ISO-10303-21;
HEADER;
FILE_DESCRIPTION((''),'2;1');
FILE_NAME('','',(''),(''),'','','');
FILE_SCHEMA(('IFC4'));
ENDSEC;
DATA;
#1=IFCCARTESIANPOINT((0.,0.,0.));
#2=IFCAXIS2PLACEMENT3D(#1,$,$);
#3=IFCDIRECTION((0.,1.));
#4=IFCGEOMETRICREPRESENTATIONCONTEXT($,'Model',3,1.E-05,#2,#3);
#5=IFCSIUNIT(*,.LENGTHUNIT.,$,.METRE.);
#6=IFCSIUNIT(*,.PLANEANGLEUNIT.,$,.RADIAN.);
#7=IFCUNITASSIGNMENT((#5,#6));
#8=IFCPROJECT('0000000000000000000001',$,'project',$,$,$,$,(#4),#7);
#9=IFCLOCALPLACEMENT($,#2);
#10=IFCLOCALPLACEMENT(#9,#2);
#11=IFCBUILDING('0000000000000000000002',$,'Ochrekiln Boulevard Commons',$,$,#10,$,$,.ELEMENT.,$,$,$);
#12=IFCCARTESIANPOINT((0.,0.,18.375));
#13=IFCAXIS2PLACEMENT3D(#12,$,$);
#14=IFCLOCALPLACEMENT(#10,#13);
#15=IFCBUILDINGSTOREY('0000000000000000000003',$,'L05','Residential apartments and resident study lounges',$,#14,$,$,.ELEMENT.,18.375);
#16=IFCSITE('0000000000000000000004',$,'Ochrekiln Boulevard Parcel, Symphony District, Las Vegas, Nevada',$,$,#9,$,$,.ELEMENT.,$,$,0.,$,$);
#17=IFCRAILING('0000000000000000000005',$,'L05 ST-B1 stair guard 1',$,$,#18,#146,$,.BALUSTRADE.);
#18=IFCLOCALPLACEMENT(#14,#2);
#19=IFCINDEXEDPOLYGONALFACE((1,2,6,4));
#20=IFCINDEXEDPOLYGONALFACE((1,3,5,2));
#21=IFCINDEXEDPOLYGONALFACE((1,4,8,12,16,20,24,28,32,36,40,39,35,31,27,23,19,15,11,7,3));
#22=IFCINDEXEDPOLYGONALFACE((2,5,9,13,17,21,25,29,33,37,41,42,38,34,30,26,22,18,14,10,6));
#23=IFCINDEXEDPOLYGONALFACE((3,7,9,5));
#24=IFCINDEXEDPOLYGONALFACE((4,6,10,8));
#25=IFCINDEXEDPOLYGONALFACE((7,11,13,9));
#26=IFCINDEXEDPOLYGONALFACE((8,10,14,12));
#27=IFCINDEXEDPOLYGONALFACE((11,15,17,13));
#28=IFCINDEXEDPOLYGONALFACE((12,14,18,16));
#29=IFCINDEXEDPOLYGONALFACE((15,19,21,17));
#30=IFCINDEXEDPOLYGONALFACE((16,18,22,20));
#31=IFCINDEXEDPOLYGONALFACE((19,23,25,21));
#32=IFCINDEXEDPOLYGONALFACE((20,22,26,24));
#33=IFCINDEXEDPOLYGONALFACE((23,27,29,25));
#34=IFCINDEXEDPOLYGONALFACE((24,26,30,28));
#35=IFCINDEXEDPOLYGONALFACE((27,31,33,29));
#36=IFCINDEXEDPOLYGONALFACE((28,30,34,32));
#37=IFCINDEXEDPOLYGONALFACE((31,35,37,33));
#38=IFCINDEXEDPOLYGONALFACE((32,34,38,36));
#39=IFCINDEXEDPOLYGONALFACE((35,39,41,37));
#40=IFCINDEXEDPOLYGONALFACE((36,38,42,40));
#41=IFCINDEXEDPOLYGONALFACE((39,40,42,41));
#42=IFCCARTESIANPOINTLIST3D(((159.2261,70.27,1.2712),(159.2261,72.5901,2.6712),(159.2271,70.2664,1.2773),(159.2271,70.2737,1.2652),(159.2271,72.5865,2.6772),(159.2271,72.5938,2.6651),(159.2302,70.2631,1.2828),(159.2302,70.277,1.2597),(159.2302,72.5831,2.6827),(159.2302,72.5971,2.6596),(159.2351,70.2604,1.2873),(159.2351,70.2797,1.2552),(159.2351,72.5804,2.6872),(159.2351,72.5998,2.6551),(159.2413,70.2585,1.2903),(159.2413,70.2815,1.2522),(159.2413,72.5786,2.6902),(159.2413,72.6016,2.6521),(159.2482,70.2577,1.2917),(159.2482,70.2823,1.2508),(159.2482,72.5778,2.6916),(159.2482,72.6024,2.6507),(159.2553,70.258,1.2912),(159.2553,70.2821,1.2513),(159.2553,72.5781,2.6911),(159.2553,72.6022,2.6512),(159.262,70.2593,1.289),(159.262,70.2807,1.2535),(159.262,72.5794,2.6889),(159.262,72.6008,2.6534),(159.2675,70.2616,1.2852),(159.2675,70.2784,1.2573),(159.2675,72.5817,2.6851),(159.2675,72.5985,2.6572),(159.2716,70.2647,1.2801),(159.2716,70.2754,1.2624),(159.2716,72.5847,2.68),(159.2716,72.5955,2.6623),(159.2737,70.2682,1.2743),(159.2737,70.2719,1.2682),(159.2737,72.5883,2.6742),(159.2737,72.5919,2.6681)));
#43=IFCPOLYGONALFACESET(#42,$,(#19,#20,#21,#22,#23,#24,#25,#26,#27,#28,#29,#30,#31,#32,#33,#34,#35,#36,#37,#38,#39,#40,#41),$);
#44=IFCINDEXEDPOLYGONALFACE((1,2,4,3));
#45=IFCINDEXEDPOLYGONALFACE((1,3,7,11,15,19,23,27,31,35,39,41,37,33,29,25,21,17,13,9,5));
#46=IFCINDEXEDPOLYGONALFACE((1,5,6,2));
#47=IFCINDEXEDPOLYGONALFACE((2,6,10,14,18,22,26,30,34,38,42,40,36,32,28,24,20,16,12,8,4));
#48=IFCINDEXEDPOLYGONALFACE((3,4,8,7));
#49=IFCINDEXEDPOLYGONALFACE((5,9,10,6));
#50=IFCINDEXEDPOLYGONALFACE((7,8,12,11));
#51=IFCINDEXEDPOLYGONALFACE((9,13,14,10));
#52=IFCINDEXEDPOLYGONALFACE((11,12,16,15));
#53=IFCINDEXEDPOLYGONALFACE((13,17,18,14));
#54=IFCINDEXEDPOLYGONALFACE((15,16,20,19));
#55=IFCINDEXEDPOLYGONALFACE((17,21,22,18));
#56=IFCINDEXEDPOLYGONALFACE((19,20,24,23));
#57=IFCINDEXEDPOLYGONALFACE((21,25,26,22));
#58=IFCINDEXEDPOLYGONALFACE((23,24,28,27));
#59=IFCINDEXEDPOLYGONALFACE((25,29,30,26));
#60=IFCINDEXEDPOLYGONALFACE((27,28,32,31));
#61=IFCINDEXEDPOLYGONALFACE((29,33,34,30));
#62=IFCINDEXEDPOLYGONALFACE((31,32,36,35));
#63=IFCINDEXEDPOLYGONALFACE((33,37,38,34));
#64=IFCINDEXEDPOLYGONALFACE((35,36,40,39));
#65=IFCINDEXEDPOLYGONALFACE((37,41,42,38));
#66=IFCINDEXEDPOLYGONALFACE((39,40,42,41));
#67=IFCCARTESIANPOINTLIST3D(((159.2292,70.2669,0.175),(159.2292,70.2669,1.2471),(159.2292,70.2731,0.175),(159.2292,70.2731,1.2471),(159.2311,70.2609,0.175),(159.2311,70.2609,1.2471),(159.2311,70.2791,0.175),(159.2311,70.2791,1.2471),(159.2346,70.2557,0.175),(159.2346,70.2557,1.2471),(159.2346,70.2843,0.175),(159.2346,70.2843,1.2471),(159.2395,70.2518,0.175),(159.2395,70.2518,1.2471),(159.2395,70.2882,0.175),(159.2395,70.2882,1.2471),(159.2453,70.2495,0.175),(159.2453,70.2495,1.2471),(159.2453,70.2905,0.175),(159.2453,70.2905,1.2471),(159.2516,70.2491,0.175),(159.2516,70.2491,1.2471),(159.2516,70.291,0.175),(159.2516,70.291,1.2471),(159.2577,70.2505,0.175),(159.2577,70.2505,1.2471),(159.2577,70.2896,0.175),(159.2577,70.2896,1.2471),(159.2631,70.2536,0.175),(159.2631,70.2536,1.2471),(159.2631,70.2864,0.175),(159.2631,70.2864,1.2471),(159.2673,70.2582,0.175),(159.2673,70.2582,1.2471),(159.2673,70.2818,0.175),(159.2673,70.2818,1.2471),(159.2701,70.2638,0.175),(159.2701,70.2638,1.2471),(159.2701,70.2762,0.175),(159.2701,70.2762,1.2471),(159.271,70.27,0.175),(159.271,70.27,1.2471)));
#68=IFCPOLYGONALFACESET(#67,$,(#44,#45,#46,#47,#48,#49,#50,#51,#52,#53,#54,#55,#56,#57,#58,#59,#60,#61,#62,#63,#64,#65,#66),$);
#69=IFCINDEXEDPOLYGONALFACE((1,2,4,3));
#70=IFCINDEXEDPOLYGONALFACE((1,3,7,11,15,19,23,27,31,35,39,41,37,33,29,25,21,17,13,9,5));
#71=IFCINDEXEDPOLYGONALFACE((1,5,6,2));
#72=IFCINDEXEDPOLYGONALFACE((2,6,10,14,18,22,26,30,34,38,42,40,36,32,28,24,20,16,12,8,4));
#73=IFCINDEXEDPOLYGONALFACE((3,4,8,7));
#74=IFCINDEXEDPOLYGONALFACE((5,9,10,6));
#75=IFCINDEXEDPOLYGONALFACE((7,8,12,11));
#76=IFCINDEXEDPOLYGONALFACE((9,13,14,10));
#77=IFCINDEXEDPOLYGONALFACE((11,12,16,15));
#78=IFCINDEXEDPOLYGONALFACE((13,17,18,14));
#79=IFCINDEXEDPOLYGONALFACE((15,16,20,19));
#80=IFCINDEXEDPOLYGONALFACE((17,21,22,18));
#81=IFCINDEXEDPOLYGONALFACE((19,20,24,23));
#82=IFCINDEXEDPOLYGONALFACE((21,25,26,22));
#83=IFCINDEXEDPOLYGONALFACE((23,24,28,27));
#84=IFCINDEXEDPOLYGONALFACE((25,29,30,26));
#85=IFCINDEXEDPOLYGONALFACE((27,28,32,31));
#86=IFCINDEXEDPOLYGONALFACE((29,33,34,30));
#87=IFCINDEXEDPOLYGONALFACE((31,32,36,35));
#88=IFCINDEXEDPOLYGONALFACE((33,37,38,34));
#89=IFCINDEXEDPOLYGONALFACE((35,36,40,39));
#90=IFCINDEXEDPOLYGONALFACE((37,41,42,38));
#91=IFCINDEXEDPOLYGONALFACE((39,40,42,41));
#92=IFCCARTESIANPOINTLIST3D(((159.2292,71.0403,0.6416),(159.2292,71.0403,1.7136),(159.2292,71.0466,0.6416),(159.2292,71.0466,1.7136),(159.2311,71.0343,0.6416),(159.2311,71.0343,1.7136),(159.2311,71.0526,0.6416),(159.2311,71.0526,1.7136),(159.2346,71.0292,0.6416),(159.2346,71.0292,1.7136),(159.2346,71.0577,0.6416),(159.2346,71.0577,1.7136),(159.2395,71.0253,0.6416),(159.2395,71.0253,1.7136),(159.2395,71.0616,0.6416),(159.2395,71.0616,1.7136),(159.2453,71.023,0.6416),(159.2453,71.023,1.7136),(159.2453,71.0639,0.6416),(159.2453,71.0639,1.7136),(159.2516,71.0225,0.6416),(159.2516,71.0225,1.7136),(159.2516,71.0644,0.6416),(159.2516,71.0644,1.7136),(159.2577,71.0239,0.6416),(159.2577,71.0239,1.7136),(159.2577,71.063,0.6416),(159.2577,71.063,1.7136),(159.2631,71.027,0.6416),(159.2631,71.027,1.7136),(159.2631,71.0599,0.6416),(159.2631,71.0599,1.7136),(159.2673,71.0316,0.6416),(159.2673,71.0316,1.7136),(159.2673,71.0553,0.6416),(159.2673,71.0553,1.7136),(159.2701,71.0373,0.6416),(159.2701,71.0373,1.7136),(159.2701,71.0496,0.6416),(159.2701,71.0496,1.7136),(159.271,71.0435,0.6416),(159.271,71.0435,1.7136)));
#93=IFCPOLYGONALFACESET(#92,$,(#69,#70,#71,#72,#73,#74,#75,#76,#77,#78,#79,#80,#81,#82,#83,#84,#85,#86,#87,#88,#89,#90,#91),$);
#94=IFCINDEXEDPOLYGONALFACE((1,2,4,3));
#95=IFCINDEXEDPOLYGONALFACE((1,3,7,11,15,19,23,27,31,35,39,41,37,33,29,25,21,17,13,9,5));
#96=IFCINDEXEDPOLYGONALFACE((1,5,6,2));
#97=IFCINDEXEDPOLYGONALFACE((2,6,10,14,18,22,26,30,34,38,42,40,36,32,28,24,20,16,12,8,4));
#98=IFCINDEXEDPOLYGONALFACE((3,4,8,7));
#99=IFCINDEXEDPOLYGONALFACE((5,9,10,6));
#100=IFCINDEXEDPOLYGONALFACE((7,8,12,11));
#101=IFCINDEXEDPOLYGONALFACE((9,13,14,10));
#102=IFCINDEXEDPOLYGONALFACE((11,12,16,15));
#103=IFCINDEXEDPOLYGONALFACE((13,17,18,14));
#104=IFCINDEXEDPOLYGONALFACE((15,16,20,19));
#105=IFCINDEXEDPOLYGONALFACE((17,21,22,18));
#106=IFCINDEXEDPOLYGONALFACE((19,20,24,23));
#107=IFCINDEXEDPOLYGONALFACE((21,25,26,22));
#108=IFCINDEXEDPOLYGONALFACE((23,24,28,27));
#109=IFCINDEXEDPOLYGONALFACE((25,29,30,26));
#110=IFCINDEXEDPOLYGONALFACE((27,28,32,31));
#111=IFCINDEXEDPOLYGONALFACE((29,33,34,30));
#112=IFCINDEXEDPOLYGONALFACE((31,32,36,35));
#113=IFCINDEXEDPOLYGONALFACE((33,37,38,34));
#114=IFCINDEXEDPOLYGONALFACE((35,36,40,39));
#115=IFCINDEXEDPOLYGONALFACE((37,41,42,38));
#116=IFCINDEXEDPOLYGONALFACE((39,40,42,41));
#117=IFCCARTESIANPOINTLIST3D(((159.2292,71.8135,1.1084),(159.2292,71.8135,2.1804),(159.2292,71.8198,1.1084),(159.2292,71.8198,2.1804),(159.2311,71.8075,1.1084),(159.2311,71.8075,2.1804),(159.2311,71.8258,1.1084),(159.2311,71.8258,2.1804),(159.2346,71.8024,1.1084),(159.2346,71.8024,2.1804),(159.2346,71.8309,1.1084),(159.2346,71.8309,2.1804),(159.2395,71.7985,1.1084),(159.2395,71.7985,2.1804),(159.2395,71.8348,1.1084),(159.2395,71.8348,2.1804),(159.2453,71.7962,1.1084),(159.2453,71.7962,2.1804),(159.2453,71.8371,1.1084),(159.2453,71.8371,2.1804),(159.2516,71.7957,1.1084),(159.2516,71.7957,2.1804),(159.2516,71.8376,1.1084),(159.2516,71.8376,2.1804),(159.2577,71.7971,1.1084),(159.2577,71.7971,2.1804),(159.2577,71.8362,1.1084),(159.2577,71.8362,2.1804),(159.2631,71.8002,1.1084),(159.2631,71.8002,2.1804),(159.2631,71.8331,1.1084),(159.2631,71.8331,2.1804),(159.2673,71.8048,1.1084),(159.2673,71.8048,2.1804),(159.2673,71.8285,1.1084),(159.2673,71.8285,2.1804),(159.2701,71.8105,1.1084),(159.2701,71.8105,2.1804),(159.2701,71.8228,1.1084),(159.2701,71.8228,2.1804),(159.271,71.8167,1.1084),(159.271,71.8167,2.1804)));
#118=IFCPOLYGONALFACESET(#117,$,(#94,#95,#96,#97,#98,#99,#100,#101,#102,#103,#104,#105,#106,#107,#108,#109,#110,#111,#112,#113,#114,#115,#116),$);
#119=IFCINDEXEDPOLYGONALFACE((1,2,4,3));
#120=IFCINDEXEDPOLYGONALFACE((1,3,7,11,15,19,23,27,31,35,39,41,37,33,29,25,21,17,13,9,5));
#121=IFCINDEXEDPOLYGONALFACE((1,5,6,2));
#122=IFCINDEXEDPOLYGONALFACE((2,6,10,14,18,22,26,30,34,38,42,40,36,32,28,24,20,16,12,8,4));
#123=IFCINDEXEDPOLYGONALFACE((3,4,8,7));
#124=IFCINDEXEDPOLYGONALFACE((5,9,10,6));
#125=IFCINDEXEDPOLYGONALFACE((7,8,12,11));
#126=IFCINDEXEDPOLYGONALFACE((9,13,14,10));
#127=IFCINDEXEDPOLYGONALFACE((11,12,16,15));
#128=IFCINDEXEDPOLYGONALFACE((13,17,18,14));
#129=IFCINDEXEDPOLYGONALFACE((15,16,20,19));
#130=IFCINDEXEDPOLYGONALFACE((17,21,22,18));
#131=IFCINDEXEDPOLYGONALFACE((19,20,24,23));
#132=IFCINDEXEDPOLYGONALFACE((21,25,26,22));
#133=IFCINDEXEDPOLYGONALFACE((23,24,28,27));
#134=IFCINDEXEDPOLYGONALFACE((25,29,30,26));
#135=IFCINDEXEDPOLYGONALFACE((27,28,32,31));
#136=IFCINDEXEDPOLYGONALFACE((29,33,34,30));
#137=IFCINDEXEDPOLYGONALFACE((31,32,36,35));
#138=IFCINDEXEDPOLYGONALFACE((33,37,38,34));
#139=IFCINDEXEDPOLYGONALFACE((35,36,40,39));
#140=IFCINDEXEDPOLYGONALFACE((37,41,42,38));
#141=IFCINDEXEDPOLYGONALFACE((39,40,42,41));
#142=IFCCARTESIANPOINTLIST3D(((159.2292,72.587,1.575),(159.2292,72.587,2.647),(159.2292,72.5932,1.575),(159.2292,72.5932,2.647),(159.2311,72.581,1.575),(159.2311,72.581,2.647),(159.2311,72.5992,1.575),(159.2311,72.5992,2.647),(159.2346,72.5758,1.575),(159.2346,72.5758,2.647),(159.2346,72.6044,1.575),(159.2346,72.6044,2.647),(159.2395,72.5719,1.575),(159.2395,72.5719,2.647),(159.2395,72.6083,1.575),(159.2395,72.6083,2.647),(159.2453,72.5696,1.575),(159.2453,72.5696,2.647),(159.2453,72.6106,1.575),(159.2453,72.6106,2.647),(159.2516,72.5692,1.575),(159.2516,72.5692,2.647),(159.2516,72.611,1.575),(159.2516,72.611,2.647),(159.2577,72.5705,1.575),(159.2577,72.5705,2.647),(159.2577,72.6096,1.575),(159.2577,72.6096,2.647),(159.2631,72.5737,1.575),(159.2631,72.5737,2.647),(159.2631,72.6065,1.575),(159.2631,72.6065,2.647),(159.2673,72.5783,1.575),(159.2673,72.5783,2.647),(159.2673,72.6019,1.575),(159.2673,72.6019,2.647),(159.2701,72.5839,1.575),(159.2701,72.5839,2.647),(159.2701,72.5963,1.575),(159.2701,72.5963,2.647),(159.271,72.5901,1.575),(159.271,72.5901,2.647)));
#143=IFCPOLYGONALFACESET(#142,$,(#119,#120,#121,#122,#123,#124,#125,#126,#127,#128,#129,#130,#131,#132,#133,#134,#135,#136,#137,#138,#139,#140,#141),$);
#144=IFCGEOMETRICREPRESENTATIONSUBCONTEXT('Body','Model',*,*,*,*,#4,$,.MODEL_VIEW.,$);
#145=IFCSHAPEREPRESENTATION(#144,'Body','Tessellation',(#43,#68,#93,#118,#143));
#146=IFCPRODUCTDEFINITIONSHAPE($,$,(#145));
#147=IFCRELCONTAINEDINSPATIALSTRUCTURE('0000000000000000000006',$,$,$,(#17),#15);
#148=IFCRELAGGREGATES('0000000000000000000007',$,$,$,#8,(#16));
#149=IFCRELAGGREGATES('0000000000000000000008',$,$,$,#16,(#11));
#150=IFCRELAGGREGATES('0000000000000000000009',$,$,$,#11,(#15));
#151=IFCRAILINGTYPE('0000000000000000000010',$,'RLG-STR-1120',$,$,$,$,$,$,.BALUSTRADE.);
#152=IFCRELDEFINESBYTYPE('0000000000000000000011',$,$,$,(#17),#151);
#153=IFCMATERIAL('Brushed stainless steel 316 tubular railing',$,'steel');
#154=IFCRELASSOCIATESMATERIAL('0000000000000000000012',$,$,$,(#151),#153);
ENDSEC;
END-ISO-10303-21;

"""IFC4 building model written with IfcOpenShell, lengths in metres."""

from ifc_helpers import new_model, si_unit, direction, frame, origin, origin_2d, place, context, subcontext, project, spatial, circle, extrude, material, type_object, element, save


model = new_model("IFC4")

# Units and contexts
model_context = context("Model", 3, precision=1e-05, world=origin(), true_north=direction((0.0, 1.0)))
body_context = subcontext(model_context, "Body", "Model", "MODEL_VIEW")
ifc_project = project(units=[si_unit("LENGTHUNIT", "METRE"), si_unit("PLANEANGLEUNIT", "RADIAN")], contexts=[model_context])

# Site, building, storey
site_placement = place(None, origin())
site = spatial("IfcSite", under=ifc_project, at=site_placement, Name="Ochrekiln Boulevard Parcel, Symphony District, Las Vegas, Nevada", CompositionType="ELEMENT", RefElevation=0.0)
building_placement = place(site_placement, origin())
building = spatial("IfcBuilding", under=site, at=building_placement, Name="Ochrekiln Boulevard Commons", CompositionType="ELEMENT")
storey_placement = place(building_placement, frame((0.0, 0.0, 18.375)))
storey = spatial("IfcBuildingStorey", under=building, at=storey_placement, Name="L05", Description="Residential apartments and resident study lounges", CompositionType="ELEMENT", Elevation=18.375)

# Railing
ifc_material_1 = material(Name="Brushed stainless steel 316 tubular railing", Category="steel")
railing_type_1 = type_object("IfcRailingType", Name="RLG-STR-1120", PredefinedType="BALUSTRADE", material=ifc_material_1)
railing_1_placement = place(storey_placement, frame((159.25, 70.27, 0.175)))
element("IfcRailing", 1, at=railing_1_placement, inside=storey, type_object=railing_type_1, Name="L05 ST-B1 stair guard 1", PredefinedType="BALUSTRADE", context=body_context, shape_type="SweptSolid", body=[
    extrude(circle(Radius=0.0239, at=origin_2d()), frame((0.0, 0.0, 1.0962), z_axis=(0.0, 0.85621, 0.516627), x_axis=(-1.0, 0.0, 0.0)), (0.0, 0.0, 1.0), 2.7097),
    extrude(circle(Radius=0.021, at=origin_2d()), origin(), (0.0, 0.0, 1.0), 1.072),
    extrude(circle(Radius=0.021, at=origin_2d()), frame((0.0, 0.7734, 0.4666)), (0.0, 0.0, 1.0), 1.072),
    extrude(circle(Radius=0.021, at=origin_2d()), frame((0.0, 1.5466, 0.9333)), (0.0, 0.0, 1.0), 1.072),
    extrude(circle(Radius=0.021, at=origin_2d()), frame((0.0, 2.3201, 1.3999)), (0.0, 0.0, 1.0), 1.072),
])

save(model, "model.ifc")
